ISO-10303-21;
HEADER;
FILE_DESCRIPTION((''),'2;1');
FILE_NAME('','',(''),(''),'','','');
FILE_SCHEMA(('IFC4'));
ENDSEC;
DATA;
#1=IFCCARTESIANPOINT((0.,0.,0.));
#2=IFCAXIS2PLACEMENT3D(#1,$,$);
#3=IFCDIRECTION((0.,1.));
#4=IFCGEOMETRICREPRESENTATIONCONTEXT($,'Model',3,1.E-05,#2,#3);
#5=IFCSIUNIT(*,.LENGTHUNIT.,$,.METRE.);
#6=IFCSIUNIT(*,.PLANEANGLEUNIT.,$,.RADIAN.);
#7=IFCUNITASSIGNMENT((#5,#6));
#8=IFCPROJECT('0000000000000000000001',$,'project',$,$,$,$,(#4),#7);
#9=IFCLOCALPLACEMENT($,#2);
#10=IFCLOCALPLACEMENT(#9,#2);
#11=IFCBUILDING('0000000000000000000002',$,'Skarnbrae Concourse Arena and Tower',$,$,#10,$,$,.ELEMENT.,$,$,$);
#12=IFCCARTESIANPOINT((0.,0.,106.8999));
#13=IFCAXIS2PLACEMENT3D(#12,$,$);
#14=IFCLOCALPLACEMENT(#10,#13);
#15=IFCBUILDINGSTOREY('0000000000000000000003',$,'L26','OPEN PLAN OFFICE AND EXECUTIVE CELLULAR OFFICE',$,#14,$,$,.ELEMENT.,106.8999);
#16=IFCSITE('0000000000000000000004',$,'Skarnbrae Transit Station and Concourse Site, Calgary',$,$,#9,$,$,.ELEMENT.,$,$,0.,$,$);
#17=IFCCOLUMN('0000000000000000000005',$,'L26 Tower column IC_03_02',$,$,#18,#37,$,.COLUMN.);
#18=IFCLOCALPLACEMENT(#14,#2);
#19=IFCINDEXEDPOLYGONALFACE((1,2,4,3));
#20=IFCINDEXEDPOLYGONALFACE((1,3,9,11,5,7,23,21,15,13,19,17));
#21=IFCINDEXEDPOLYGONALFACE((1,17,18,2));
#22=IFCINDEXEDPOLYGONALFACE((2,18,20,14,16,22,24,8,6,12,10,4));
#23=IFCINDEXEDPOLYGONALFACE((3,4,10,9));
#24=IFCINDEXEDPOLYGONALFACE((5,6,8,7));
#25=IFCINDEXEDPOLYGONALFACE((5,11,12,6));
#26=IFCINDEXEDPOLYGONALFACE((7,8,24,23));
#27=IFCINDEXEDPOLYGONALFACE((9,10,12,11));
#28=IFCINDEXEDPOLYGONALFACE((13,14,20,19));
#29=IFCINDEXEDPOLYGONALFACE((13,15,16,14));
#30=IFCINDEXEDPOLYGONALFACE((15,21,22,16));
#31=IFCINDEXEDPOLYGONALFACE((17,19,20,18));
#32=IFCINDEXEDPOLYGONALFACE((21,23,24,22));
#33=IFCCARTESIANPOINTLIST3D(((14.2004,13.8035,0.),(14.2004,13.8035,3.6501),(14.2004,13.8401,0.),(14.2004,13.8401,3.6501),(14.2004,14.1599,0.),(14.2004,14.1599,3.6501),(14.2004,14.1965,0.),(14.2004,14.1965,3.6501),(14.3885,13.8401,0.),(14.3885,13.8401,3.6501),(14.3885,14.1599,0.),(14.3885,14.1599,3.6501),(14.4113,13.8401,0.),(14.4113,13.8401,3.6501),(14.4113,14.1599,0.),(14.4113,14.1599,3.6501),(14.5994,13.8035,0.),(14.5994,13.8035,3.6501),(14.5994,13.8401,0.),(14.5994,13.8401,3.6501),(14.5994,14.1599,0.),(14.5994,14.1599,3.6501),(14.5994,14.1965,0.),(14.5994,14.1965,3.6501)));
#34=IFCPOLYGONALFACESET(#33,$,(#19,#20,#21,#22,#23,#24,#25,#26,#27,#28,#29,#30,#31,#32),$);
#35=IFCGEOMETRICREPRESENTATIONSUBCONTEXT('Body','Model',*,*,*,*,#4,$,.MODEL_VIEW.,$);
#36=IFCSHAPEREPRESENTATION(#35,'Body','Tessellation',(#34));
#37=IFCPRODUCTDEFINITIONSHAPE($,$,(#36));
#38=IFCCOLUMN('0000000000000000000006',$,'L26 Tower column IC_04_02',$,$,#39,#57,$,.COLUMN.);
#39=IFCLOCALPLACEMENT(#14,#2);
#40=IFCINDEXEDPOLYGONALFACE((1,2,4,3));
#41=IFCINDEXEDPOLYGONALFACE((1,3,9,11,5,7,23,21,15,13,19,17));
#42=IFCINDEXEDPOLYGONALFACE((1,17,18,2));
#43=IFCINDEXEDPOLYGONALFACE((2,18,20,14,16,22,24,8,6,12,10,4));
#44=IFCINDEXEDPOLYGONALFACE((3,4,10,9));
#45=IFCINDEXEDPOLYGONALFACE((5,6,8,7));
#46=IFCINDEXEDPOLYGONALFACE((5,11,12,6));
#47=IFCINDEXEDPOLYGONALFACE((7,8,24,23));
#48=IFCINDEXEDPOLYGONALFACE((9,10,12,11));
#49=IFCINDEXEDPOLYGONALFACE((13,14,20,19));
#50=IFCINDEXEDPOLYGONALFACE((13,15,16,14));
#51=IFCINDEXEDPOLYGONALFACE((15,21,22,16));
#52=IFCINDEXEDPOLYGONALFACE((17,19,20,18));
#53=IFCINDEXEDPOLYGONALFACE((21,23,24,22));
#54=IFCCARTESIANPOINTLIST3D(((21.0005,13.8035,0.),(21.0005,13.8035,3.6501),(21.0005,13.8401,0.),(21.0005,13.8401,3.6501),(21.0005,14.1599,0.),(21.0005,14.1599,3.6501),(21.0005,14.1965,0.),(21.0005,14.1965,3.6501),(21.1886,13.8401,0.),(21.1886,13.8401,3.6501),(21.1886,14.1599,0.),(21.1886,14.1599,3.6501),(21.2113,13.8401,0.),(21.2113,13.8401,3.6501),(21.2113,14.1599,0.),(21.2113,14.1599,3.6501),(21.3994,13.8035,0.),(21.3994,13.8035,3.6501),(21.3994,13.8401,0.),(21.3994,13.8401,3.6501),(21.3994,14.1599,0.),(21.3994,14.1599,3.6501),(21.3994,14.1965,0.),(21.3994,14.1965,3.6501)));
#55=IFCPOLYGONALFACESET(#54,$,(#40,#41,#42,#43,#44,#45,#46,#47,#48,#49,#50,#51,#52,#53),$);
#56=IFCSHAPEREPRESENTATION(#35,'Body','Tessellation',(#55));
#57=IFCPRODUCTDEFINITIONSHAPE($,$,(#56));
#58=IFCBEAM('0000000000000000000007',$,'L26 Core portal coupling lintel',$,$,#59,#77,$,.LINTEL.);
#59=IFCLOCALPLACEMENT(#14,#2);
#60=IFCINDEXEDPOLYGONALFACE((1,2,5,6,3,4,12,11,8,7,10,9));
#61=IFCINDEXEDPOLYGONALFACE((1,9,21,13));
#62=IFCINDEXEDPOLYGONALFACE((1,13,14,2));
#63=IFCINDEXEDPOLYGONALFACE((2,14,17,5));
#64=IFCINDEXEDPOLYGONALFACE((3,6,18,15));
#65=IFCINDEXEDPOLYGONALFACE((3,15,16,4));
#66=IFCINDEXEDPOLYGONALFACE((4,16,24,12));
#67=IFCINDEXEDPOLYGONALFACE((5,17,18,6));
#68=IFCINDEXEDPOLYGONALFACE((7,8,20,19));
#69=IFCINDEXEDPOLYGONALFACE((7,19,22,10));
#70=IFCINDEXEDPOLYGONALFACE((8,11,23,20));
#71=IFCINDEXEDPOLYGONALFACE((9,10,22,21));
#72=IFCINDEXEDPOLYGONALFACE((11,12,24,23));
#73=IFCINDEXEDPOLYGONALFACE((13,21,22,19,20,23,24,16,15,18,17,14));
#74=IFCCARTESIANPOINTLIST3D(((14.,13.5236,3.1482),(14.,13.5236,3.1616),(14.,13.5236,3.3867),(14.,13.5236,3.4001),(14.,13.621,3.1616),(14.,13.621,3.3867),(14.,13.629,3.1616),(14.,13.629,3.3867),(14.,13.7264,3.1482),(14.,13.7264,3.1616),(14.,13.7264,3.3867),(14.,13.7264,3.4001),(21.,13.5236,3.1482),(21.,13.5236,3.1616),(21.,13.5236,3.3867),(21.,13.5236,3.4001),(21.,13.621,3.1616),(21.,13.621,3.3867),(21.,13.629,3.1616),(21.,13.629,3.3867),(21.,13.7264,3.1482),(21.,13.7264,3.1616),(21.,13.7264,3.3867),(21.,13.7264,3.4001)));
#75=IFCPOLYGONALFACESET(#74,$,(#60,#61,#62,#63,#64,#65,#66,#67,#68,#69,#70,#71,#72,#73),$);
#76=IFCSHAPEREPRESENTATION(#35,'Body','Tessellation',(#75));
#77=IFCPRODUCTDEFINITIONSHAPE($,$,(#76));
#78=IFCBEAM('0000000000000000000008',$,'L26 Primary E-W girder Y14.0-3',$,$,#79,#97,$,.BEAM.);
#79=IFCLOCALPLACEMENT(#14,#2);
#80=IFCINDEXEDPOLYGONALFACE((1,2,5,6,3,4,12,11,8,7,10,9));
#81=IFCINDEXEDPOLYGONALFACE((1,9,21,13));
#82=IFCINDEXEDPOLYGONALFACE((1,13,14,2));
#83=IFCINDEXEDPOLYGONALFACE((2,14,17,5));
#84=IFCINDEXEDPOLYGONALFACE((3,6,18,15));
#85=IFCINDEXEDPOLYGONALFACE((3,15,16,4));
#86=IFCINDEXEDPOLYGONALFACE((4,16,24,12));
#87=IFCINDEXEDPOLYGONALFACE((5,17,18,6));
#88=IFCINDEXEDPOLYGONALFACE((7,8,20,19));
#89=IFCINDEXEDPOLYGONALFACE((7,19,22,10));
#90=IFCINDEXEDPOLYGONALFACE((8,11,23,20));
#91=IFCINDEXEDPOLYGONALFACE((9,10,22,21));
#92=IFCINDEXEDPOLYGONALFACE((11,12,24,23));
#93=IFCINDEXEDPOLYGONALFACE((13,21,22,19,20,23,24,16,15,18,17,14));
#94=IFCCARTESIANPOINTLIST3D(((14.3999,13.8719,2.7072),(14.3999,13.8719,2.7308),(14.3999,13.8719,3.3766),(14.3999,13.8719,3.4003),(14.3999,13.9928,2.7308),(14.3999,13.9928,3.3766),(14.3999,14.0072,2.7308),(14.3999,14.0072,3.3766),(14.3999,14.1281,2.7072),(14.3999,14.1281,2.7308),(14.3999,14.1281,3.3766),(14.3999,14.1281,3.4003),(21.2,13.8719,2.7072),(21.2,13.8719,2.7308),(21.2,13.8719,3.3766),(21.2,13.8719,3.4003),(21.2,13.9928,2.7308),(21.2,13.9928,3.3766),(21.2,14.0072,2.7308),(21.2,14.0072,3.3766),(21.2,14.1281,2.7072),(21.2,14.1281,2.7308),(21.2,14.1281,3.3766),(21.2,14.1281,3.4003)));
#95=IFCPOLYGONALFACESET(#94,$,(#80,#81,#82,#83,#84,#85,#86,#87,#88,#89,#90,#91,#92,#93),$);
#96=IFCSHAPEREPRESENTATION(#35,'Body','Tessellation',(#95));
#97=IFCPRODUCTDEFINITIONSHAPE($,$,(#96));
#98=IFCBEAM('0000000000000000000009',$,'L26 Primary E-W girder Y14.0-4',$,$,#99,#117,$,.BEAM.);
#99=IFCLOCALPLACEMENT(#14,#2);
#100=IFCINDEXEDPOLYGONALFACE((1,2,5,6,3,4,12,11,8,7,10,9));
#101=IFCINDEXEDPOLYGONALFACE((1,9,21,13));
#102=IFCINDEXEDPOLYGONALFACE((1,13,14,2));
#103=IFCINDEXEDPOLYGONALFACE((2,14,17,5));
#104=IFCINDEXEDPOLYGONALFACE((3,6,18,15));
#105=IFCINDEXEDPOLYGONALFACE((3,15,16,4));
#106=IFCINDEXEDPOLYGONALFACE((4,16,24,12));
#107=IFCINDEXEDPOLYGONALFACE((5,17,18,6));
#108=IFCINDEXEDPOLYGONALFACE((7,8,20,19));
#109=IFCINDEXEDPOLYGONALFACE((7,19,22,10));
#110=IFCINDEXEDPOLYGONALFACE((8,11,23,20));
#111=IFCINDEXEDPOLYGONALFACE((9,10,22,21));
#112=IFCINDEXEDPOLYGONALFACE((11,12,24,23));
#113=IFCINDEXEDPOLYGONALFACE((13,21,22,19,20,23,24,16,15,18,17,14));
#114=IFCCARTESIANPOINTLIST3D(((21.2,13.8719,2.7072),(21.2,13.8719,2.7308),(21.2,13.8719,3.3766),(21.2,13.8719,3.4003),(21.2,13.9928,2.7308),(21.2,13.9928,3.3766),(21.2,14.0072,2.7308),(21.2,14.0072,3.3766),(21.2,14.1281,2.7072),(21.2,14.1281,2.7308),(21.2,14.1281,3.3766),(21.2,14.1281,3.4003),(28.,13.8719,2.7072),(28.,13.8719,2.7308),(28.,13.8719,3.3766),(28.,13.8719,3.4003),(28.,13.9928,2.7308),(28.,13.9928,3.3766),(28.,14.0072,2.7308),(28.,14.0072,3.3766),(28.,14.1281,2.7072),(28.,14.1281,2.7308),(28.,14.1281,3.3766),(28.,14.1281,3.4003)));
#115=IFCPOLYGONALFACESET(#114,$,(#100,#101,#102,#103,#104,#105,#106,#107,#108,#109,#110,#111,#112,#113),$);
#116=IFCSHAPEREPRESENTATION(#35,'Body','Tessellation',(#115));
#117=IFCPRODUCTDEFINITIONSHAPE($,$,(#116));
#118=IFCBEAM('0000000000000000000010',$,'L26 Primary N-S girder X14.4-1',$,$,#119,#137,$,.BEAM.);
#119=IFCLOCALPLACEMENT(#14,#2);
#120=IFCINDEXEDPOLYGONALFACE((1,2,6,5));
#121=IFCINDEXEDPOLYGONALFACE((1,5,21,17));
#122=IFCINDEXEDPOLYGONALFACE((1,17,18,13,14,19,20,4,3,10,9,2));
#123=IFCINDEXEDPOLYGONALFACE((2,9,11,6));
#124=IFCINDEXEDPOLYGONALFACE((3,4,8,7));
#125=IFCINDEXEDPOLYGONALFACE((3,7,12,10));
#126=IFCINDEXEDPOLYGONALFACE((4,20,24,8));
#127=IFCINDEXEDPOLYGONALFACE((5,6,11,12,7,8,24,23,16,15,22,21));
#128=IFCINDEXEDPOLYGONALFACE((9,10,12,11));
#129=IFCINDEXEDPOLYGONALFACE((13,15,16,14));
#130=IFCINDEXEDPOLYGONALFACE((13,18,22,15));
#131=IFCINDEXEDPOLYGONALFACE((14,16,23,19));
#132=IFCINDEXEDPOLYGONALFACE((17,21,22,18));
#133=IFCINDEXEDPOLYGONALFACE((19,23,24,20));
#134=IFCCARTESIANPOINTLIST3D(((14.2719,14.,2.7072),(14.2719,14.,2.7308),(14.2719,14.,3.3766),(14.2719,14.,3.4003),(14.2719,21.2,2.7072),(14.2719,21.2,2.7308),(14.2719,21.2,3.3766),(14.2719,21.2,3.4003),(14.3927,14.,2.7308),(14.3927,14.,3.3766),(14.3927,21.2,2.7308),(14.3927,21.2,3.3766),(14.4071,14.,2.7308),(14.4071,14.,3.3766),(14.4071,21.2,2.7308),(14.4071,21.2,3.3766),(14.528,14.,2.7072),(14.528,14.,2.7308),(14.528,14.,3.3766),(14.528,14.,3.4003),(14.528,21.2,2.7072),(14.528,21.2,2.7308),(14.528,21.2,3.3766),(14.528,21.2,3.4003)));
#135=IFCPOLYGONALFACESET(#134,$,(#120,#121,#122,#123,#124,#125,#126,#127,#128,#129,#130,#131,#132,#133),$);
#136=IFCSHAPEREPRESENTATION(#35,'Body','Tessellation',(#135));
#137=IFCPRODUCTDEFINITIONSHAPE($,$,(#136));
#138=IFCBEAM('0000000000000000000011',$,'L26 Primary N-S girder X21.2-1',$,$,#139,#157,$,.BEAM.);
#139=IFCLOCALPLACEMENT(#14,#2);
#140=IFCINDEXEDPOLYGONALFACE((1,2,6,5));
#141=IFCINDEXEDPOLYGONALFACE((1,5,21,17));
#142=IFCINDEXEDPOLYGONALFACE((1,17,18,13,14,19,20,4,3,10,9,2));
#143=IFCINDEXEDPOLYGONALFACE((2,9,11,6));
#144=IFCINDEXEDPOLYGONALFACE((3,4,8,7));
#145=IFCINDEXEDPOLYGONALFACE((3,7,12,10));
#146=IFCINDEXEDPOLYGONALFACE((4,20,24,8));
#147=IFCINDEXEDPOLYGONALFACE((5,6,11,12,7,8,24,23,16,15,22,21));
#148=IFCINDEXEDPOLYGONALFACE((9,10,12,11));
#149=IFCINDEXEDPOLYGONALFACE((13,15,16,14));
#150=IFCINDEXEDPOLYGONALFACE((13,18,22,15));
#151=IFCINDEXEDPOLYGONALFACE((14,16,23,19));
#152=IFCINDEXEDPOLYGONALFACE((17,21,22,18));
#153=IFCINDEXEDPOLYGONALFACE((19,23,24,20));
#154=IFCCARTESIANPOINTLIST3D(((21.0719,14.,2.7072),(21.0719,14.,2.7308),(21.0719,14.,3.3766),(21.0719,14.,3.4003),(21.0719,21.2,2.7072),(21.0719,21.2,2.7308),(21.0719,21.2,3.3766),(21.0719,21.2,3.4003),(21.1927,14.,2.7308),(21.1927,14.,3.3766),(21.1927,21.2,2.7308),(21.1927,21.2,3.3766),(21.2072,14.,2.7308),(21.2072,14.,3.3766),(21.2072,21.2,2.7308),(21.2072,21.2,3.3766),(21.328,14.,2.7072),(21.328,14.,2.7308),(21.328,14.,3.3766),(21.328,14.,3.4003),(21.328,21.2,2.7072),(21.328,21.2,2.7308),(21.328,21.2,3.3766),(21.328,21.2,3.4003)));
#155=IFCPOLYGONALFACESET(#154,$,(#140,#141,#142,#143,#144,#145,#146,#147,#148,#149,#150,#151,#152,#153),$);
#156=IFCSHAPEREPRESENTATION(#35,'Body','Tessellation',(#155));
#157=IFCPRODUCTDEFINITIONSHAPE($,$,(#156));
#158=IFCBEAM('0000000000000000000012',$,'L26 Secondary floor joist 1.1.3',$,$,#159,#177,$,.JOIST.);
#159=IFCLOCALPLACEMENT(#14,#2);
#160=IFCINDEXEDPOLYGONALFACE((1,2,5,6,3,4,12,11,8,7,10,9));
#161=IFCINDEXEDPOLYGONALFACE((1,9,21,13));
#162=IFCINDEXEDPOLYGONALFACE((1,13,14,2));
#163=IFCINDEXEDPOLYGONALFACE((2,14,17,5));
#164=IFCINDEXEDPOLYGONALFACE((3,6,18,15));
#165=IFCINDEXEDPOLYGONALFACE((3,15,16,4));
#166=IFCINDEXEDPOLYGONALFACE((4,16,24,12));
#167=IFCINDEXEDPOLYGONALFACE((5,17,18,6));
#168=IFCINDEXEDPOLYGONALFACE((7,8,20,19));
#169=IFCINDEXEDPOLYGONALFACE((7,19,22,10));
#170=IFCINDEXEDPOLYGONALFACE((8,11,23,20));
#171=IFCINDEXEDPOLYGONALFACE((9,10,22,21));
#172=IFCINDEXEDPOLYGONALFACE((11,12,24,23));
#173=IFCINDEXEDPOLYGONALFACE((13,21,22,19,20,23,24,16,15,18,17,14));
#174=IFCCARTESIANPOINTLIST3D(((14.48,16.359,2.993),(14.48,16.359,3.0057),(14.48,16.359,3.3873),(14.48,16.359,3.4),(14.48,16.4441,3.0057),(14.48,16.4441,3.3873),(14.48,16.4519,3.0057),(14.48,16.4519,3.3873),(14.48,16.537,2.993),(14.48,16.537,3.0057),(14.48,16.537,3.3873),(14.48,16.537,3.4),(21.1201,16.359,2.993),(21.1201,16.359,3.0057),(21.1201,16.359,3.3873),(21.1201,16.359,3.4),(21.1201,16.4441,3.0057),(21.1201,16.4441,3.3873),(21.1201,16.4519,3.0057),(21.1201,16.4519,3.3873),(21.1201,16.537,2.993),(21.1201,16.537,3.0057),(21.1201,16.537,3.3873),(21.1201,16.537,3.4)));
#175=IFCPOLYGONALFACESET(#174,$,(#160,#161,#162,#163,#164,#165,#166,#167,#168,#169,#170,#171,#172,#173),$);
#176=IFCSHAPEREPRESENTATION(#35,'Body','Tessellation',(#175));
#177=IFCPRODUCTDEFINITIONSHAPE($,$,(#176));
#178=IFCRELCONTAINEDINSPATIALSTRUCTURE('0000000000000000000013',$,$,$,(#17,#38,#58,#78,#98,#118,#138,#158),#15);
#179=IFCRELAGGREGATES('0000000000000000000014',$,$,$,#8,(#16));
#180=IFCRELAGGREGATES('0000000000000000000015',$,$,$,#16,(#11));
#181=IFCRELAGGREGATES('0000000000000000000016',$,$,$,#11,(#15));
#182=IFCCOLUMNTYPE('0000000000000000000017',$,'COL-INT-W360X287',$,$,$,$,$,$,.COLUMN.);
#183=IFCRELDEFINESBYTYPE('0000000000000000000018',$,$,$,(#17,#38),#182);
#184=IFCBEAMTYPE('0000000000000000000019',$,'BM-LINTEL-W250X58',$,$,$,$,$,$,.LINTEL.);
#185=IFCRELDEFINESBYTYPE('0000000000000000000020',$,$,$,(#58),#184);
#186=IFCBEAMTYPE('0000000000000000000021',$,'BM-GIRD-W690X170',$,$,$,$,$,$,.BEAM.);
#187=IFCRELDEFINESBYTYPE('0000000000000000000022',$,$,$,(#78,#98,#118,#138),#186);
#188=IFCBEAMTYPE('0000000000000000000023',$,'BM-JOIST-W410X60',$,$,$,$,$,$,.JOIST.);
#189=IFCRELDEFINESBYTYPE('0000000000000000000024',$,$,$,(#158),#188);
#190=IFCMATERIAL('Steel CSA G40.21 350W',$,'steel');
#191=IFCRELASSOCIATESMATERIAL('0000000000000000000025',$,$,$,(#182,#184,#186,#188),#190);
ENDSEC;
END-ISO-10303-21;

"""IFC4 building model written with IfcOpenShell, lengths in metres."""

from ifc_helpers import new_model, si_unit, direction, frame, origin, origin_2d, place, context, subcontext, project, spatial, i_section, extrude, source, transform, mapped, material, material_profile, profile_set, type_object, element, save


model = new_model("IFC4")

# Units and contexts
model_context = context("Model", 3, precision=1e-05, world=origin(), true_north=direction((0.0, 1.0)))
body_context = subcontext(model_context, "Body", "Model", "MODEL_VIEW")
ifc_project = project(units=[si_unit("LENGTHUNIT", "METRE"), si_unit("PLANEANGLEUNIT", "RADIAN")], contexts=[model_context])

# Site, building, storey
site_placement = place(None, origin())
site = spatial("IfcSite", under=ifc_project, at=site_placement, Name="Skarnbrae Transit Station and Concourse Site, Calgary", CompositionType="ELEMENT", RefElevation=0.0)
building_placement = place(site_placement, origin())
building = spatial("IfcBuilding", under=site, at=building_placement, Name="Skarnbrae Concourse Arena and Tower", CompositionType="ELEMENT")
storey_placement = place(building_placement, frame((0.0, 0.0, 106.8999)))
storey = spatial("IfcBuildingStorey", under=building, at=storey_placement, Name="L26", Description="OPEN PLAN OFFICE AND EXECUTIVE CELLULAR OFFICE", CompositionType="ELEMENT", Elevation=106.8999)

# Columns
ifc_material_1 = material(Name="Steel CSA G40.21 350W", Category="steel")
ifc_material_profile_1 = material_profile(ifc_material_1, i_section(OverallWidth=0.3989, OverallDepth=0.3931, WebThickness=0.0227, FlangeThickness=0.0366, at=origin_2d()), Name="W360X287")
ifc_profile_set_1 = profile_set([ifc_material_profile_1], Name="Steel CSA G40.21 350W")
column_type = type_object("IfcColumnType", Name="COL-INT-W360X287", PredefinedType="COLUMN", material=ifc_profile_set_1)
shared_shape_1 = source(origin(), body_context, "Body", "SweptSolid", [
    extrude(i_section(OverallWidth=0.3989, OverallDepth=0.3931, WebThickness=0.0227, FlangeThickness=0.0366, at=origin_2d()), origin(), (0.0, 0.0, 1.0), 3.6501),
])
for number, where, z_axis, x_axis, name in (
    (1, (14.3999, 14.0, 0.0), (0.0, 0.0, 1.0), (1.0, 0.0, 0.0), "L26 Tower column IC_03_02"),
    (2, (21.2, 14.0, 0.0), (0.0, 0.0, 1.0), (1.0, 0.0, 0.0), "L26 Tower column IC_04_02"),
):
    element("IfcColumn", number, at=place(storey_placement, frame(where, z_axis=z_axis, x_axis=x_axis)), inside=storey, type_object=column_type, Name=name, PredefinedType="COLUMN", context=body_context, shape_type="MappedRepresentation", body=[
        mapped(shared_shape_1, transform((0.0, 0.0, 0.0))),
    ])

# Beams
ifc_material_profile_2 = material_profile(ifc_material_1, i_section(OverallWidth=0.2029, OverallDepth=0.252, WebThickness=0.0081, FlangeThickness=0.0134, at=origin_2d()), Name="W250X58")
ifc_profile_set_2 = profile_set([ifc_material_profile_2], Name="Steel CSA G40.21 350W")
beam_type_1 = type_object("IfcBeamType", Name="BM-LINTEL-W250X58", PredefinedType="LINTEL", material=ifc_profile_set_2)
shared_shape_2 = source(origin(), body_context, "Body", "SweptSolid", [
    extrude(i_section(OverallWidth=0.2029, OverallDepth=0.252, WebThickness=0.0081, FlangeThickness=0.0134, at=origin_2d()), origin(), (0.0, 0.0, 1.0), 7.0),
])
beam_placement = place(storey_placement, frame((14.0, 13.625, 3.2742), z_axis=(1.0, 0.0, 0.0), x_axis=(0.0, 1.0, 0.0)))
element("IfcBeam", 3, at=beam_placement, inside=storey, type_object=beam_type_1, Name="L26 Core portal coupling lintel", PredefinedType="LINTEL", context=body_context, shape_type="MappedRepresentation", body=[
    mapped(shared_shape_2, transform((0.0, 0.0, 0.0))),
])
ifc_material_profile_3 = material_profile(ifc_material_1, i_section(OverallWidth=0.2561, OverallDepth=0.6931, WebThickness=0.0144, FlangeThickness=0.0237, at=origin_2d()), Name="W690X170")
ifc_profile_set_3 = profile_set([ifc_material_profile_3], Name="Steel CSA G40.21 350W")
beam_type_2 = type_object("IfcBeamType", Name="BM-GIRD-W690X170", PredefinedType="BEAM", material=ifc_profile_set_3)
shared_shape_3 = source(origin(), body_context, "Body", "SweptSolid", [
    extrude(i_section(OverallWidth=0.2561, OverallDepth=0.6931, WebThickness=0.0144, FlangeThickness=0.0237, at=origin_2d()), origin(), (0.0, 0.0, 1.0), 6.8),
])
for number, where, z_axis, x_axis, name in (
    (4, (14.3999, 14.0, 3.0537), (1.0, 0.0, 0.0), (0.0, 1.0, 0.0), "L26 Primary E-W girder Y14.0-3"),
    (5, (21.2, 14.0, 3.0537), (1.0, 0.0, 0.0), (0.0, 1.0, 0.0), "L26 Primary E-W girder Y14.0-4"),
):
    element("IfcBeam", number, at=place(storey_placement, frame(where, z_axis=z_axis, x_axis=x_axis)), inside=storey, type_object=beam_type_2, Name=name, PredefinedType="BEAM", context=body_context, shape_type="MappedRepresentation", body=[
        mapped(shared_shape_3, transform((0.0, 0.0, 0.0))),
    ])
shared_shape_4 = source(origin(), body_context, "Body", "SweptSolid", [
    extrude(i_section(OverallWidth=0.2561, OverallDepth=0.6931, WebThickness=0.0144, FlangeThickness=0.0237, at=origin_2d()), origin(), (0.0, 0.0, 1.0), 7.2),
])
for number, where, z_axis, x_axis, name in (
    (6, (14.3999, 14.0, 3.0537), (0.0, 1.0, 0.0), (-1.0, 0.0, 0.0), "L26 Primary N-S girder X14.4-1"),
    (7, (21.2, 14.0, 3.0537), (0.0, 1.0, 0.0), (-1.0, 0.0, 0.0), "L26 Primary N-S girder X21.2-1"),
):
    element("IfcBeam", number, at=place(storey_placement, frame(where, z_axis=z_axis, x_axis=x_axis)), inside=storey, type_object=beam_type_2, Name=name, PredefinedType="BEAM", context=body_context, shape_type="MappedRepresentation", body=[
        mapped(shared_shape_4, transform((0.0, 0.0, 0.0))),
    ])
ifc_material_profile_4 = material_profile(ifc_material_1, i_section(OverallWidth=0.178, OverallDepth=0.407, WebThickness=0.0078, FlangeThickness=0.0127, at=origin_2d()), Name="W410X60")
ifc_profile_set_4 = profile_set([ifc_material_profile_4], Name="Steel CSA G40.21 350W")
beam_type_3 = type_object("IfcBeamType", Name="BM-JOIST-W410X60", PredefinedType="JOIST", material=ifc_profile_set_4)
shared_shape_5 = source(origin(), body_context, "Body", "SweptSolid", [
    extrude(i_section(OverallWidth=0.178, OverallDepth=0.407, WebThickness=0.0078, FlangeThickness=0.0127, at=origin_2d()), origin(), (0.0, 0.0, 1.0), 6.6401),
])
for number, where, z_axis, x_axis, name in (
    (8, (14.48, 16.448, 3.1965), (1.0, 0.0, 0.0), (0.0, 1.0, 0.0), "L26 Secondary floor joist 1.1.3"),
):
    element("IfcBeam", number, at=place(storey_placement, frame(where, z_axis=z_axis, x_axis=x_axis)), inside=storey, type_object=beam_type_3, Name=name, PredefinedType="JOIST", context=body_context, shape_type="MappedRepresentation", body=[
        mapped(shared_shape_5, transform((0.0, 0.0, 0.0))),
    ])

save(model, "model.ifc")
